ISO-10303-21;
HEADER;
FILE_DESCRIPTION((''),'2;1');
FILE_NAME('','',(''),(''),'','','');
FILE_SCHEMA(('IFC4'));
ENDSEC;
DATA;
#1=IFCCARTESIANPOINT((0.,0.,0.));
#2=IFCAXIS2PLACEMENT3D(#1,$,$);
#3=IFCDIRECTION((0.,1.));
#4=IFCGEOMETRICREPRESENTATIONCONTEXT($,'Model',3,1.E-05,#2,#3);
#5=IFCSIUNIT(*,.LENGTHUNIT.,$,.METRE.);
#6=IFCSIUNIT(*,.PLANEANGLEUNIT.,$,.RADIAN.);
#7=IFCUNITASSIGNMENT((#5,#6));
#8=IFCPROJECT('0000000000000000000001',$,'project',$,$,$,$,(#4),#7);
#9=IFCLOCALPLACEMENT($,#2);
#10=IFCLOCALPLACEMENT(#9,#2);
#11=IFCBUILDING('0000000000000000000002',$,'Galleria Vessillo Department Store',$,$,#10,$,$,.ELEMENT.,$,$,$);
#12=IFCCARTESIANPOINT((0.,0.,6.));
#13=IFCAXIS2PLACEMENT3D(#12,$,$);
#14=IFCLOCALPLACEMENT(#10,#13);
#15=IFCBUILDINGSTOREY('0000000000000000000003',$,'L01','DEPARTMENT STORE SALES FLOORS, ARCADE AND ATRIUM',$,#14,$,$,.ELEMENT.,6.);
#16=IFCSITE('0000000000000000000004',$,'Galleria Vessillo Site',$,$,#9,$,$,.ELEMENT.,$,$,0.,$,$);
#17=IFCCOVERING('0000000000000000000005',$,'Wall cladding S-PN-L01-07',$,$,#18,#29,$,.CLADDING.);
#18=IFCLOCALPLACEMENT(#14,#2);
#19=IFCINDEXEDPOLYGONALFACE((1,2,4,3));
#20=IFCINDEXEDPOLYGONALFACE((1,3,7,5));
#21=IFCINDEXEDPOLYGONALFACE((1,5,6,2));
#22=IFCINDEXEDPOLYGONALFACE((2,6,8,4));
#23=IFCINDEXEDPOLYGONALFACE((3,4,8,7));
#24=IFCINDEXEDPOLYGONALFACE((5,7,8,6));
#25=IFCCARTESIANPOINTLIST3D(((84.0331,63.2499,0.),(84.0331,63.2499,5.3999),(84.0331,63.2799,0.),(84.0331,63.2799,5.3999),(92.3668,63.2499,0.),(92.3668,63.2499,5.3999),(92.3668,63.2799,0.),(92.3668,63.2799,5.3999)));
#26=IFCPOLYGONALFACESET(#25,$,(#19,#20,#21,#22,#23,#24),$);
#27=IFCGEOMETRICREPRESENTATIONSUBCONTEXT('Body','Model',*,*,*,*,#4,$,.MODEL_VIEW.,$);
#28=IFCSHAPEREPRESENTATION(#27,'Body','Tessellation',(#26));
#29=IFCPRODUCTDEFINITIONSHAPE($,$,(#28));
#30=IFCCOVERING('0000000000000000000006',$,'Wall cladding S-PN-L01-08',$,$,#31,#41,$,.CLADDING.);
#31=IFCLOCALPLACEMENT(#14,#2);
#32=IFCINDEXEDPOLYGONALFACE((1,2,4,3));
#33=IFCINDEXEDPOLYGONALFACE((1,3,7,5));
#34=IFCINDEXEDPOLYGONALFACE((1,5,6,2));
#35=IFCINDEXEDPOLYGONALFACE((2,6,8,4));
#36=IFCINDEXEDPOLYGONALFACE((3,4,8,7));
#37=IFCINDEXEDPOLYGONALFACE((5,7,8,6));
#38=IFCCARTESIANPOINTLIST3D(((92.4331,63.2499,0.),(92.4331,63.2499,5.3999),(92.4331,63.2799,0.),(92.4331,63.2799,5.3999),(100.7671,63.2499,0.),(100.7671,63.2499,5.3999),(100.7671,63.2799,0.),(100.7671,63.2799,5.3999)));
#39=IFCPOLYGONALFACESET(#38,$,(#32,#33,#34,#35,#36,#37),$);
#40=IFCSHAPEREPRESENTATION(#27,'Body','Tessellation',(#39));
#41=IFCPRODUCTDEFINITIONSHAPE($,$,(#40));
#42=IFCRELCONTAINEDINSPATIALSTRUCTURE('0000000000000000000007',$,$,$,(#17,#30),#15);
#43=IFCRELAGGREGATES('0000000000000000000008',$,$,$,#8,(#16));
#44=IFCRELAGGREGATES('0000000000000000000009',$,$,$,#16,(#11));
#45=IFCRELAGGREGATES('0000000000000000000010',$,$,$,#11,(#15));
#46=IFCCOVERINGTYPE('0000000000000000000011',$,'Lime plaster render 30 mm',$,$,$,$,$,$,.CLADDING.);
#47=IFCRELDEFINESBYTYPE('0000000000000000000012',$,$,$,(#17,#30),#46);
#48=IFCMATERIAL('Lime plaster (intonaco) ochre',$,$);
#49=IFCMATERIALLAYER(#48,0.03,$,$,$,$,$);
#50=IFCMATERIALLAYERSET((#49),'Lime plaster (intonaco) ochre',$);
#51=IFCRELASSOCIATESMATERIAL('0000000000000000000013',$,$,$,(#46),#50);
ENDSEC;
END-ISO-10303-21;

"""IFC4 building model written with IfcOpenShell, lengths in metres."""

from ifc_helpers import new_model, si_unit, direction, frame, origin, origin_2d, place, context, subcontext, project, spatial, rectangle, extrude, material, layer, layer_set, type_object, element, save


model = new_model("IFC4")

# Units and contexts
model_context = context("Model", 3, precision=1e-05, world=origin(), true_north=direction((0.0, 1.0)))
body_context = subcontext(model_context, "Body", "Model", "MODEL_VIEW")
ifc_project = project(units=[si_unit("LENGTHUNIT", "METRE"), si_unit("PLANEANGLEUNIT", "RADIAN")], contexts=[model_context])

# Site, building, storey
site_placement = place(None, origin())
site = spatial("IfcSite", under=ifc_project, at=site_placement, Name="Galleria Vessillo Site", CompositionType="ELEMENT", RefElevation=0.0)
building_placement = place(site_placement, origin())
building = spatial("IfcBuilding", under=site, at=building_placement, Name="Galleria Vessillo Department Store", CompositionType="ELEMENT")
storey_placement = place(building_placement, frame((0.0, 0.0, 6.0)))
storey = spatial("IfcBuildingStorey", under=building, at=storey_placement, Name="L01", Description="DEPARTMENT STORE SALES FLOORS, ARCADE AND ATRIUM", CompositionType="ELEMENT", Elevation=6.0)

# Coverings
ifc_material_1 = material(Name="Lime plaster (intonaco) ochre")
ifc_layer_1 = layer(ifc_material_1, 0.03)
ifc_layer_set_1 = layer_set([ifc_layer_1], Name="Lime plaster (intonaco) ochre")
covering_type = type_object("IfcCoveringType", Name="Lime plaster render 30 mm", PredefinedType="CLADDING", material=ifc_layer_set_1)
covering_1_placement = place(storey_placement, frame((88.2, 63.2649, 0.0), z_axis=(0.0, 0.0, 1.0), x_axis=(1.0, 0.0, 0.0)))
element("IfcCovering", 1, at=covering_1_placement, inside=storey, type_object=covering_type, Name="Wall cladding S-PN-L01-07", PredefinedType="CLADDING", context=body_context, shape_type="SweptSolid", body=[
    extrude(rectangle(XDim=8.3337, YDim=0.03, at=origin_2d()), origin(), (0.0, 0.0, 1.0), 5.3999),
])
covering_2_placement = place(storey_placement, frame((96.6001, 63.2649, 0.0), z_axis=(0.0, 0.0, 1.0), x_axis=(1.0, 0.0, 0.0)))
element("IfcCovering", 2, at=covering_2_placement, inside=storey, type_object=covering_type, Name="Wall cladding S-PN-L01-08", PredefinedType="CLADDING", context=body_context, shape_type="SweptSolid", body=[
    extrude(rectangle(XDim=8.334, YDim=0.03, at=origin_2d()), origin(), (0.0, 0.0, 1.0), 5.3999),
])

save(model, "model.ifc")
